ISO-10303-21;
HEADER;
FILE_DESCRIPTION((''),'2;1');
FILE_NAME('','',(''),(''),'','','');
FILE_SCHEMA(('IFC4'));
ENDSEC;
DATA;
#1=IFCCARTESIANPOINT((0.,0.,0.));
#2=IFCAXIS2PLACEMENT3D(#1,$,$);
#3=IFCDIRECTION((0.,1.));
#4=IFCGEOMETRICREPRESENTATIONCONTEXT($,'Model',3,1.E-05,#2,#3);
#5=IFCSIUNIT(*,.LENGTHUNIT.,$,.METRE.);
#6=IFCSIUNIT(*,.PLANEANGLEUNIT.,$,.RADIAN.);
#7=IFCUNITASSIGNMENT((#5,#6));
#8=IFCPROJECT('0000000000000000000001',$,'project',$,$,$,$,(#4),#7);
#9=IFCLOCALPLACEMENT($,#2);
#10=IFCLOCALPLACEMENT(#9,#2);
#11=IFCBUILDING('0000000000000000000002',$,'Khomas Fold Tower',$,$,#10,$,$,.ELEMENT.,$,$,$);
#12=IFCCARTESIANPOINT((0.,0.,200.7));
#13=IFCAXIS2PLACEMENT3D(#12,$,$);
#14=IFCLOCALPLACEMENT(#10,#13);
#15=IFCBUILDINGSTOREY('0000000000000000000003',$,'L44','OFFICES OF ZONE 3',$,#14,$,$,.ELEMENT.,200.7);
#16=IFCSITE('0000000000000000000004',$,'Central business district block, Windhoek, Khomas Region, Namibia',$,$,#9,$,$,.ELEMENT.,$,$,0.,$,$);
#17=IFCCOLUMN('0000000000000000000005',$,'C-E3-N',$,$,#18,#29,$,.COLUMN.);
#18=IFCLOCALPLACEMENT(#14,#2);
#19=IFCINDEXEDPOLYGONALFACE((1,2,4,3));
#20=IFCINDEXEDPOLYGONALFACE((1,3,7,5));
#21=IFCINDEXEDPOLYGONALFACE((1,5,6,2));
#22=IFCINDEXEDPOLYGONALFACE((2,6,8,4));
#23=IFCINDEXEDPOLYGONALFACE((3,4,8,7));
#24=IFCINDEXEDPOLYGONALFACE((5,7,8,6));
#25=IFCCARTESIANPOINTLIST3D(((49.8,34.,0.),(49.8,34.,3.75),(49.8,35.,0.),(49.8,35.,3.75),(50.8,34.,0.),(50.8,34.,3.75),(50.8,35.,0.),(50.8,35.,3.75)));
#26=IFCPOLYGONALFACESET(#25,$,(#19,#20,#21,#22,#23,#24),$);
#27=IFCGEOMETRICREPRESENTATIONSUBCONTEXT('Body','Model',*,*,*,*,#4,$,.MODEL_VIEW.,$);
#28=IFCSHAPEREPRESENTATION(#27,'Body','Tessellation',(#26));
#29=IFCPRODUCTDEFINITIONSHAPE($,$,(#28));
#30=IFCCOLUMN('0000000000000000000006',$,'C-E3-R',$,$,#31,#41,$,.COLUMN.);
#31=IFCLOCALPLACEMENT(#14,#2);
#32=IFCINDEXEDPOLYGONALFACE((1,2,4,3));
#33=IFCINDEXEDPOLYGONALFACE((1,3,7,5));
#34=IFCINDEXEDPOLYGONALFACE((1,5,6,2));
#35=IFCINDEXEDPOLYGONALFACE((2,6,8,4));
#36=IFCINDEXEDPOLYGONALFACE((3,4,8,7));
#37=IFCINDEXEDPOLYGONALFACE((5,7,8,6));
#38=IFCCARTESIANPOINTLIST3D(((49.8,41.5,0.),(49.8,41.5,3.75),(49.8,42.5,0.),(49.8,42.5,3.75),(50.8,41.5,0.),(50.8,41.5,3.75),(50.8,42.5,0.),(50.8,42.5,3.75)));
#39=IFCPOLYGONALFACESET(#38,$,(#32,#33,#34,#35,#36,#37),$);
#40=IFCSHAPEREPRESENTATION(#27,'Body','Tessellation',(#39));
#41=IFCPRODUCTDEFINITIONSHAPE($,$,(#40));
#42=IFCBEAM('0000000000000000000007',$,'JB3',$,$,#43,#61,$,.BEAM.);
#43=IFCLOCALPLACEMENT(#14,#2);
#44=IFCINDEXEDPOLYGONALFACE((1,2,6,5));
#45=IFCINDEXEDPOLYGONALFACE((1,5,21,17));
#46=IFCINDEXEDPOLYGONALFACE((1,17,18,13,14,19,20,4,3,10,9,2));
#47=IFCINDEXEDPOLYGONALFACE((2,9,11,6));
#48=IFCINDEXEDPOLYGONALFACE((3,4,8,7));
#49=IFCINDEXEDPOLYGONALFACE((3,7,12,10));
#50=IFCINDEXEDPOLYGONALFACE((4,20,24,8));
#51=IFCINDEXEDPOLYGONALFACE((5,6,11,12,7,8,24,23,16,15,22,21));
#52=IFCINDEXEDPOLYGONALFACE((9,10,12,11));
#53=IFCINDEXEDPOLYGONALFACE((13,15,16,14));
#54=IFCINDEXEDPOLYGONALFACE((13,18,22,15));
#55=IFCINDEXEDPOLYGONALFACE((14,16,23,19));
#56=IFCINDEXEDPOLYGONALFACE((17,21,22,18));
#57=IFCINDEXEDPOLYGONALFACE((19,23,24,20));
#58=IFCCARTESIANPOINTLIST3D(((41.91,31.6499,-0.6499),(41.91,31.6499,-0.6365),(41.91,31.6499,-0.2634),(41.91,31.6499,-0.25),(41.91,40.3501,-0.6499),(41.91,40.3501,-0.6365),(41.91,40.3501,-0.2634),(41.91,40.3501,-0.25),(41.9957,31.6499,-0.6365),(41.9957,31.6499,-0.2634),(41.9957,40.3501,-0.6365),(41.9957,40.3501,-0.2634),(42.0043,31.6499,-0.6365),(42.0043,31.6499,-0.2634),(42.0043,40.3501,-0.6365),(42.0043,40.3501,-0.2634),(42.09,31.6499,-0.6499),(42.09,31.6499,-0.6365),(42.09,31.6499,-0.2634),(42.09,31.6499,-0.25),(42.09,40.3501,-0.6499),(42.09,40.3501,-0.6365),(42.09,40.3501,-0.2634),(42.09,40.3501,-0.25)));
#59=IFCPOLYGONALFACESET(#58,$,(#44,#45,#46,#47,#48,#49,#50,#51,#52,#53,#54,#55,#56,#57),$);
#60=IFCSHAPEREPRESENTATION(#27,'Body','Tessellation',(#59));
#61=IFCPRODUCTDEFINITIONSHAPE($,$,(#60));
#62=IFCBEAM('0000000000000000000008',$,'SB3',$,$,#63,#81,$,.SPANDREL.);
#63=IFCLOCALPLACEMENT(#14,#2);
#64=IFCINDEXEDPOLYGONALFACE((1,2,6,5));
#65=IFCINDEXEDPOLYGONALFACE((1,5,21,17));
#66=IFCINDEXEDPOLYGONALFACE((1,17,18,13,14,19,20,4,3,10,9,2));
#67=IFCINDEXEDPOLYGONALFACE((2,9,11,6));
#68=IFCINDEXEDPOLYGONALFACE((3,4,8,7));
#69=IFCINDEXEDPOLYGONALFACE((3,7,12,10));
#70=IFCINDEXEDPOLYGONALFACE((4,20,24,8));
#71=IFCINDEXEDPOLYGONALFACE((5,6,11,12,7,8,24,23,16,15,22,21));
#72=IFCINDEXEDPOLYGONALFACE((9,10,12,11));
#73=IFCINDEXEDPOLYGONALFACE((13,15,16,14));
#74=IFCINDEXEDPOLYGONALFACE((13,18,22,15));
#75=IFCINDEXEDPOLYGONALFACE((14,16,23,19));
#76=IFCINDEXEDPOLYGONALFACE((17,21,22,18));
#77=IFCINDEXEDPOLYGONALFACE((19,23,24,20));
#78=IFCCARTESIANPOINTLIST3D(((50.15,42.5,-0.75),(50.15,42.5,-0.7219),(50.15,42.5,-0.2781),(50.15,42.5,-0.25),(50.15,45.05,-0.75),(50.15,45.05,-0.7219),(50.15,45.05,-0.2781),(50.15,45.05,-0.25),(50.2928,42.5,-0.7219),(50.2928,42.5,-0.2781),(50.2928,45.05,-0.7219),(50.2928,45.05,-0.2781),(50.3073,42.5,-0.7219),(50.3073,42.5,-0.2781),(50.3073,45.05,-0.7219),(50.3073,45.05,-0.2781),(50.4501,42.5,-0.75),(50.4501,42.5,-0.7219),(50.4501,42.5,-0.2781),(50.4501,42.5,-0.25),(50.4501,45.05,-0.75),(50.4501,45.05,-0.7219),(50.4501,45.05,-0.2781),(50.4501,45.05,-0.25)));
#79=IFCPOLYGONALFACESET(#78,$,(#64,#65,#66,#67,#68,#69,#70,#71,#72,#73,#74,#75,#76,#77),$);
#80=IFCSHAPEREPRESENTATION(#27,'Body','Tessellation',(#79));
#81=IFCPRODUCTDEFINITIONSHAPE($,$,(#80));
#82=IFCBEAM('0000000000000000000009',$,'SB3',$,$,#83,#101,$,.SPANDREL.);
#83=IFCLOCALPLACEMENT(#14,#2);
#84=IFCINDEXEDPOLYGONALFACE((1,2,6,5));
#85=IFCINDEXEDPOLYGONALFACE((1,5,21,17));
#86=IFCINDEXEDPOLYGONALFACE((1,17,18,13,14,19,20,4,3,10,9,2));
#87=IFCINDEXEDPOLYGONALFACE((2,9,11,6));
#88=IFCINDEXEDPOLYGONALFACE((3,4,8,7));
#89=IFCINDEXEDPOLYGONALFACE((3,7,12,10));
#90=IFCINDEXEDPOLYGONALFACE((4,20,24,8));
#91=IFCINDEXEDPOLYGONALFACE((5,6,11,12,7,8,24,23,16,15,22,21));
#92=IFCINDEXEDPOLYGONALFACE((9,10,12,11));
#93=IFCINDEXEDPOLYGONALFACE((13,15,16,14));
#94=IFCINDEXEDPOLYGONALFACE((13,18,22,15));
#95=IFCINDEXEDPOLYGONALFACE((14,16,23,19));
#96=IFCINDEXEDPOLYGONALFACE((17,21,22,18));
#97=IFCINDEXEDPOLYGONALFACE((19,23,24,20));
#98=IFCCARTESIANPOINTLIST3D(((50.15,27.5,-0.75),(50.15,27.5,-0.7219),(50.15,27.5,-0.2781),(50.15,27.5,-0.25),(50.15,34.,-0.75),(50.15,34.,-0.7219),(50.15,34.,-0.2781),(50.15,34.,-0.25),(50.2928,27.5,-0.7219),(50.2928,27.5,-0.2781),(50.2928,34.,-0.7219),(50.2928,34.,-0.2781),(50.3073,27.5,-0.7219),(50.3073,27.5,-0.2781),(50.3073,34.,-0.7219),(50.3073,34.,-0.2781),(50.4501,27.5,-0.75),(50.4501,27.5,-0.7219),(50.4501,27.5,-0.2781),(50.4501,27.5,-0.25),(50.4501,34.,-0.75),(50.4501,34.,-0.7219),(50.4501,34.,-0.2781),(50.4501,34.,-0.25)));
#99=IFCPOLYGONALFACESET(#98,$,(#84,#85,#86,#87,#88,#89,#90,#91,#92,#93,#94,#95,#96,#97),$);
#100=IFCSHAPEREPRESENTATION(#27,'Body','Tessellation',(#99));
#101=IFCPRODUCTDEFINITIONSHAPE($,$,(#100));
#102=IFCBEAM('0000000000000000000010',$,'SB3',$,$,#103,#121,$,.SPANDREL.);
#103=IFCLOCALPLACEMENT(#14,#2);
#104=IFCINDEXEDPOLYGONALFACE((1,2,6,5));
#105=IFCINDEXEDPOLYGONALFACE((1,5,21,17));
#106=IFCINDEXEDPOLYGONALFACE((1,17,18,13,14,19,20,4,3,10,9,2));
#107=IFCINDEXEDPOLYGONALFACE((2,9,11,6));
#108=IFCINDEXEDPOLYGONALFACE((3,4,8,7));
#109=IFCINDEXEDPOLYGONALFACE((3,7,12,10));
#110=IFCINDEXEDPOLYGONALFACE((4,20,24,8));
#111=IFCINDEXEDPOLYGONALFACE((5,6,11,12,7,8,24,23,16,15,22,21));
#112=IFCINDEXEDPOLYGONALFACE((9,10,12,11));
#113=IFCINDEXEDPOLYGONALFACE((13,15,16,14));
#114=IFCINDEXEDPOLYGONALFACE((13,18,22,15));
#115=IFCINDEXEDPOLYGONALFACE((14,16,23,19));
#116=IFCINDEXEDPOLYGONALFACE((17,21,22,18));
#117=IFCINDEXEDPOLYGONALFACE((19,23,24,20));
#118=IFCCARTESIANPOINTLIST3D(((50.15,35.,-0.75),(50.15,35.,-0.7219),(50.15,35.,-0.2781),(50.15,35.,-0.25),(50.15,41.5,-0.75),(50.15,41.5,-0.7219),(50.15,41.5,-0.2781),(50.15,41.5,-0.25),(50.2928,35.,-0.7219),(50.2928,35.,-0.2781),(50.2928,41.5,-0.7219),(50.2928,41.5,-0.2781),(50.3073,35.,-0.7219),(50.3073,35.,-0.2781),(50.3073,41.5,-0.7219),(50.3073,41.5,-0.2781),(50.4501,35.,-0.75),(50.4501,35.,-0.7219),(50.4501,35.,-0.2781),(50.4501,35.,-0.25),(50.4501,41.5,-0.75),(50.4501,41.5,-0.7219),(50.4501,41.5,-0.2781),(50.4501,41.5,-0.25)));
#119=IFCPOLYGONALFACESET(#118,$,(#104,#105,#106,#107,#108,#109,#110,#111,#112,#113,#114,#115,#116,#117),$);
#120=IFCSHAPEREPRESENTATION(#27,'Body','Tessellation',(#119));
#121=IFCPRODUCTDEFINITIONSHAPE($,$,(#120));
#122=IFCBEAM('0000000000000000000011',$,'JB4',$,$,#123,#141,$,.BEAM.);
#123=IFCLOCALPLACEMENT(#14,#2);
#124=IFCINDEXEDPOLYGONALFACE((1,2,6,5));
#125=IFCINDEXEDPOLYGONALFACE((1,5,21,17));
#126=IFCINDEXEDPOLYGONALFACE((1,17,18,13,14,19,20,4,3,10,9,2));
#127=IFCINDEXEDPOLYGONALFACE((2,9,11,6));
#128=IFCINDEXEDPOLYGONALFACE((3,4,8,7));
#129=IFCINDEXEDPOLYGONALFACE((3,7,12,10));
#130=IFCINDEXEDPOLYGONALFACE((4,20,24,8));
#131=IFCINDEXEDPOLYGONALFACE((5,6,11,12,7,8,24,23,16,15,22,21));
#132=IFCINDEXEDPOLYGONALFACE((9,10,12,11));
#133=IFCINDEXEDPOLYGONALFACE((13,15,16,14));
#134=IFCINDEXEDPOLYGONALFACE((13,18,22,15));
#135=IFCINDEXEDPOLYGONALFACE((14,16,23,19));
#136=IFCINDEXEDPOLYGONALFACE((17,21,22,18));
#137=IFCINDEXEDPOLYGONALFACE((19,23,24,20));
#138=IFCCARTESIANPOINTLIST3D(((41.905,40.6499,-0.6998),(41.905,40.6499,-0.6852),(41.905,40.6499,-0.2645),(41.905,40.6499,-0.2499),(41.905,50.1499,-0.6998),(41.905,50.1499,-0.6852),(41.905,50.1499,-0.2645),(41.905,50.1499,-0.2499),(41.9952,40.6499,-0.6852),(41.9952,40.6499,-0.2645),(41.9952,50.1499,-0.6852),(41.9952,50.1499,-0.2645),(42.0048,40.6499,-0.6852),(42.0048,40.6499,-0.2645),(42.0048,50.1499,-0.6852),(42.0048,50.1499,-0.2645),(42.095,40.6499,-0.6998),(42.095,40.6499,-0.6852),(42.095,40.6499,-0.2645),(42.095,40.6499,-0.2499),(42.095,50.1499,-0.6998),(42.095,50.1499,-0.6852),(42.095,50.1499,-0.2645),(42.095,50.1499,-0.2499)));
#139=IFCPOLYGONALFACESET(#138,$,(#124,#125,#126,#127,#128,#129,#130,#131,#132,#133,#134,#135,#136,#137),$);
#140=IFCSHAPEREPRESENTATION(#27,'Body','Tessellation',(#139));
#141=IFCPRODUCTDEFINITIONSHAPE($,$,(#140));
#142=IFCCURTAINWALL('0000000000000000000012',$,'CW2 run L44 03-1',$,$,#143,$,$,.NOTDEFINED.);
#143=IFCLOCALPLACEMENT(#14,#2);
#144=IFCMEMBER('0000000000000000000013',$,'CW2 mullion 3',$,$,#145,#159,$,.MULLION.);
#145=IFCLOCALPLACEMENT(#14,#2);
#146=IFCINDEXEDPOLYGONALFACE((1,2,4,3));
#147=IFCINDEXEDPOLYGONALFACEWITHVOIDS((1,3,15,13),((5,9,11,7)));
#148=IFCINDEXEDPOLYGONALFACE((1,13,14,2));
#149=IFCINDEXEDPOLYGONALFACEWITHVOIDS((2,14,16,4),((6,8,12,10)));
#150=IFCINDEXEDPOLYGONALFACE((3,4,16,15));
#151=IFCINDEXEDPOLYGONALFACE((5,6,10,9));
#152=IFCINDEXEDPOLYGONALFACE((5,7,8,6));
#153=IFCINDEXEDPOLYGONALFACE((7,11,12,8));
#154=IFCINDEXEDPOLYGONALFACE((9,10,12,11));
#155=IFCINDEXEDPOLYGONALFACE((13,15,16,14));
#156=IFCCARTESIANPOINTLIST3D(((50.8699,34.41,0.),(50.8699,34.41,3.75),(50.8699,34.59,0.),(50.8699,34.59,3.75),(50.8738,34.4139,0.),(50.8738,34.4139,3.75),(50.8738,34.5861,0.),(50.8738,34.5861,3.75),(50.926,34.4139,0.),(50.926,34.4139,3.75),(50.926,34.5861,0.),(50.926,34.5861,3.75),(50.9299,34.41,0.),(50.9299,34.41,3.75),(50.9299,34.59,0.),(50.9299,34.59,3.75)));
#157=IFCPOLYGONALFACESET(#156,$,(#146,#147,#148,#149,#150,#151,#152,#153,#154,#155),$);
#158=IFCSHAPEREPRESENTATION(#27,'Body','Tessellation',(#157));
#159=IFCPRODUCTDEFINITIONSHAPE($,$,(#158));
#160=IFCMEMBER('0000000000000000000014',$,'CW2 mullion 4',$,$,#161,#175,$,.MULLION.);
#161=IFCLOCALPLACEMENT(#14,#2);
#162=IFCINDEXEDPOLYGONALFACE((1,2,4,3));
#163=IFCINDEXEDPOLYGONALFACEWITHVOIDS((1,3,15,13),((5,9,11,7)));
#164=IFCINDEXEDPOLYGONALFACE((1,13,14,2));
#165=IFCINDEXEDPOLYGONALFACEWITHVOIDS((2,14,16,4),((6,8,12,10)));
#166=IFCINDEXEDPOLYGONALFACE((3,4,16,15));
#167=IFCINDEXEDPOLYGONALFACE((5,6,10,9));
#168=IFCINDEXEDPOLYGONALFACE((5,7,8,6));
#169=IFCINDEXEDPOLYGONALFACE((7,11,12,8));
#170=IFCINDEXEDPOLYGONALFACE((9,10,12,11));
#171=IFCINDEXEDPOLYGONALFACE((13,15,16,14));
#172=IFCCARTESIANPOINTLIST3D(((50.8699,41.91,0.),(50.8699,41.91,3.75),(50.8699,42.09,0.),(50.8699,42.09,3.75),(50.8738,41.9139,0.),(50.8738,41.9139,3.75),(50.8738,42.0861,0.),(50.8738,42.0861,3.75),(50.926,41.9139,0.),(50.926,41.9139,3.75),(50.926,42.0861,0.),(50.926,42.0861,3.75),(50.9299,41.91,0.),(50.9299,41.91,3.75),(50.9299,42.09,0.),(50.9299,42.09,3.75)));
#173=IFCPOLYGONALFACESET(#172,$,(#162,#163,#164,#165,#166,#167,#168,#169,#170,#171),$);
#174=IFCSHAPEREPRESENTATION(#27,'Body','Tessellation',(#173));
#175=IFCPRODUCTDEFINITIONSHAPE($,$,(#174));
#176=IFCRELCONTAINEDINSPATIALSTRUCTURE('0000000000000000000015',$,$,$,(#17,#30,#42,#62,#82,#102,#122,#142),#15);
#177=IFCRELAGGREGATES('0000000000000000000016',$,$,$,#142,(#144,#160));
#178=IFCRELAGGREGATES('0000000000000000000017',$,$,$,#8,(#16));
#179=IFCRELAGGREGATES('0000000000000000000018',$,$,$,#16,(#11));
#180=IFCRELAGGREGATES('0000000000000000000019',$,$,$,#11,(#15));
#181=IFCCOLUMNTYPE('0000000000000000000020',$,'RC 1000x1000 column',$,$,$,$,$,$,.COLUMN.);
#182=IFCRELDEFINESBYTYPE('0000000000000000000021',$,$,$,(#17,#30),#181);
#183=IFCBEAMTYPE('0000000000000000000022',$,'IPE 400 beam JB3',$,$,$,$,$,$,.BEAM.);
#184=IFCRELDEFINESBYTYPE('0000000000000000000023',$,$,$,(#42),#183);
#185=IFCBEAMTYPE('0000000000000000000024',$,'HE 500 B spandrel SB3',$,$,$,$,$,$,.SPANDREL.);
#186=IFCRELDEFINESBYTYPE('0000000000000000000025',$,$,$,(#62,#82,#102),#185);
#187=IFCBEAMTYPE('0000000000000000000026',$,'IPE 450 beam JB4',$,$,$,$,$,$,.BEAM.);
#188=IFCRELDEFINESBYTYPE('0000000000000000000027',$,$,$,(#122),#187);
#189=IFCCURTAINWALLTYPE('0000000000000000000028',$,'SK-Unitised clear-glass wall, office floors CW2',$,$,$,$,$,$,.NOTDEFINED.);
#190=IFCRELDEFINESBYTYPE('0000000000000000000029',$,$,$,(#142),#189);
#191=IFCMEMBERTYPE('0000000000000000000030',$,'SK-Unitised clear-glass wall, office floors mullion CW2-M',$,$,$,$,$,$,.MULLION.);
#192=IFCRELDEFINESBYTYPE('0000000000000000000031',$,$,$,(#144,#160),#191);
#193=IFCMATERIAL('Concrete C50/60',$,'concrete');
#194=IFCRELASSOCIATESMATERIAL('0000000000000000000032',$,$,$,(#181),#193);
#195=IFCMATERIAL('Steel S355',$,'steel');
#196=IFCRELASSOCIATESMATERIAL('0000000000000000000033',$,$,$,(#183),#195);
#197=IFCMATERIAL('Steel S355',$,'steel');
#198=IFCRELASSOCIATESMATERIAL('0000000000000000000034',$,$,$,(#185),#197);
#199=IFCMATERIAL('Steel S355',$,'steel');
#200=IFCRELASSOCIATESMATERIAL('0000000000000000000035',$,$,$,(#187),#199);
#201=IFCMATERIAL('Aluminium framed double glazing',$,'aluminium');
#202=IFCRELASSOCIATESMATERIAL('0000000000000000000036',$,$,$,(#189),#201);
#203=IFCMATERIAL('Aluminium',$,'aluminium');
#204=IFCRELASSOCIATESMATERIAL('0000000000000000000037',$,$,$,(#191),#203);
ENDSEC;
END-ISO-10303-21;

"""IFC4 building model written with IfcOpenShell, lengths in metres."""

from ifc_helpers import new_model, si_unit, direction, frame, origin, origin_2d, place, context, subcontext, project, spatial, rectangle, hollow_rectangle, i_section, extrude, source, transform, mapped, material, material_profile, profile_set, type_object, element, aggregate, save


model = new_model("IFC4")

# Units and contexts
model_context = context("Model", 3, precision=1e-05, world=origin(), true_north=direction((0.0, 1.0)))
body_context = subcontext(model_context, "Body", "Model", "MODEL_VIEW")
ifc_project = project(units=[si_unit("LENGTHUNIT", "METRE"), si_unit("PLANEANGLEUNIT", "RADIAN")], contexts=[model_context])

# Site, building, storey
site_placement = place(None, origin())
site = spatial("IfcSite", under=ifc_project, at=site_placement, Name="Central business district block, Windhoek, Khomas Region, Namibia", CompositionType="ELEMENT", RefElevation=0.0)
building_placement = place(site_placement, origin())
building = spatial("IfcBuilding", under=site, at=building_placement, Name="Khomas Fold Tower", CompositionType="ELEMENT")
storey_placement = place(building_placement, frame((0.0, 0.0, 200.7)))
storey = spatial("IfcBuildingStorey", under=building, at=storey_placement, Name="L44", Description="OFFICES OF ZONE 3", CompositionType="ELEMENT", Elevation=200.7)

# Columns
ifc_material_1 = material(Name="Concrete C50/60", Category="concrete")
ifc_material_profile_1 = material_profile(ifc_material_1, rectangle(XDim=1.0, YDim=1.0, at=origin_2d()), Name="RC 1000x1000")
ifc_profile_set_1 = profile_set([ifc_material_profile_1], Name="Concrete C50/60")
column_type = type_object("IfcColumnType", Name="RC 1000x1000 column", PredefinedType="COLUMN", material=ifc_profile_set_1)
shared_shape_1 = source(origin(), body_context, "Body", "SweptSolid", [
    extrude(rectangle(XDim=1.0, YDim=1.0, at=origin_2d()), origin(), (0.0, 0.0, 1.0), 3.75),
])
for number, where, z_axis, x_axis, name in (
    (1, (50.3, 34.5, 0.0), (0.0, 0.0, 1.0), (1.0, 0.0, 0.0), "C-E3-N"),
    (2, (50.3, 42.0, 0.0), (0.0, 0.0, 1.0), (1.0, 0.0, 0.0), "C-E3-R"),
):
    element("IfcColumn", number, at=place(storey_placement, frame(where, z_axis=z_axis, x_axis=x_axis)), inside=storey, type_object=column_type, Name=name, PredefinedType="COLUMN", context=body_context, shape_type="MappedRepresentation", body=[
        mapped(shared_shape_1, transform((0.0, 0.0, 0.0))),
    ])

# Beams
ifc_material_2 = material(Name="Steel S355", Category="steel")
ifc_material_profile_2 = material_profile(ifc_material_2, i_section(OverallWidth=0.1799, OverallDepth=0.3999, WebThickness=0.0085, FlangeThickness=0.0134, at=origin_2d()), Name="IPE 400")
ifc_profile_set_2 = profile_set([ifc_material_profile_2], Name="Steel S355")
beam_type_1 = type_object("IfcBeamType", Name="IPE 400 beam JB3", PredefinedType="BEAM", material=ifc_profile_set_2)
shared_shape_2 = source(origin(), body_context, "Body", "SweptSolid", [
    extrude(i_section(OverallWidth=0.1799, OverallDepth=0.3999, WebThickness=0.0085, FlangeThickness=0.0134, at=origin_2d()), origin(), (0.0, 0.0, 1.0), 8.7002),
])
beam_1_placement = place(storey_placement, frame((42.0, 31.6499, -0.45), z_axis=(0.0, 1.0, 0.0), x_axis=(-1.0, 0.0, 0.0)))
element("IfcBeam", 3, at=beam_1_placement, inside=storey, type_object=beam_type_1, Name="JB3", PredefinedType="BEAM", context=body_context, shape_type="MappedRepresentation", body=[
    mapped(shared_shape_2, transform((0.0, 0.0, 0.0))),
])
ifc_material_3 = material(Name="Steel S355", Category="steel")
ifc_material_profile_3 = material_profile(ifc_material_3, i_section(OverallWidth=0.3, OverallDepth=0.5, WebThickness=0.0144, FlangeThickness=0.0281, at=origin_2d()), Name="HE 500 B")
ifc_profile_set_3 = profile_set([ifc_material_profile_3], Name="Steel S355")
beam_type_2 = type_object("IfcBeamType", Name="HE 500 B spandrel SB3", PredefinedType="SPANDREL", material=ifc_profile_set_3)
shared_shape_3 = source(origin(), body_context, "Body", "SweptSolid", [
    extrude(i_section(OverallWidth=0.3, OverallDepth=0.5, WebThickness=0.0144, FlangeThickness=0.0281, at=origin_2d()), origin(), (0.0, 0.0, 1.0), 2.55),
])
beam_2_placement = place(storey_placement, frame((50.3, 42.5, -0.5), z_axis=(0.0, 1.0, 0.0), x_axis=(-1.0, 0.0, 0.0)))
element("IfcBeam", 4, at=beam_2_placement, inside=storey, type_object=beam_type_2, Name="SB3", PredefinedType="SPANDREL", context=body_context, shape_type="MappedRepresentation", body=[
    mapped(shared_shape_3, transform((0.0, 0.0, 0.0))),
])
shared_shape_4 = source(origin(), body_context, "Body", "SweptSolid", [
    extrude(i_section(OverallWidth=0.3, OverallDepth=0.5, WebThickness=0.0144, FlangeThickness=0.0281, at=origin_2d()), origin(), (0.0, 0.0, 1.0), 6.5),
])
for number, where, z_axis, x_axis, name in (
    (5, (50.3, 27.5, -0.5), (0.0, 1.0, 0.0), (-1.0, 0.0, 0.0), "SB3"),
    (6, (50.3, 35.0, -0.5), (0.0, 1.0, 0.0), (-1.0, 0.0, 0.0), "SB3"),
):
    element("IfcBeam", number, at=place(storey_placement, frame(where, z_axis=z_axis, x_axis=x_axis)), inside=storey, type_object=beam_type_2, Name=name, PredefinedType="SPANDREL", context=body_context, shape_type="MappedRepresentation", body=[
        mapped(shared_shape_4, transform((0.0, 0.0, 0.0))),
    ])
ifc_material_4 = material(Name="Steel S355", Category="steel")
ifc_material_profile_4 = material_profile(ifc_material_4, i_section(OverallWidth=0.1899, OverallDepth=0.45, WebThickness=0.0095, FlangeThickness=0.0146, at=origin_2d()), Name="IPE 450")
ifc_profile_set_4 = profile_set([ifc_material_profile_4], Name="Steel S355")
beam_type_3 = type_object("IfcBeamType", Name="IPE 450 beam JB4", PredefinedType="BEAM", material=ifc_profile_set_4)
shared_shape_5 = source(origin(), body_context, "Body", "SweptSolid", [
    extrude(i_section(OverallWidth=0.1899, OverallDepth=0.45, WebThickness=0.0095, FlangeThickness=0.0146, at=origin_2d()), origin(), (0.0, 0.0, 1.0), 9.5),
])
beam_3_placement = place(storey_placement, frame((42.0, 40.6499, -0.4749), z_axis=(0.0, 1.0, 0.0), x_axis=(-1.0, 0.0, 0.0)))
element("IfcBeam", 7, at=beam_3_placement, inside=storey, type_object=beam_type_3, Name="JB4", PredefinedType="BEAM", context=body_context, shape_type="MappedRepresentation", body=[
    mapped(shared_shape_5, transform((0.0, 0.0, 0.0))),
])

# Curtain wall, members
ifc_material_5 = material(Name="Aluminium framed double glazing", Category="aluminium")
curtain_wall_type = type_object("IfcCurtainWallType", Name="SK-Unitised clear-glass wall, office floors CW2", PredefinedType="NOTDEFINED", material=ifc_material_5)
curtain_wall_placement = place(storey_placement, origin())
curtain_wall = element("IfcCurtainWall", 8, at=curtain_wall_placement, inside=storey, type_object=curtain_wall_type, Name="CW2 run L44 03-1", PredefinedType="NOTDEFINED")
ifc_material_6 = material(Name="Aluminium", Category="aluminium")
ifc_material_profile_5 = material_profile(ifc_material_6, hollow_rectangle(XDim=0.0601, YDim=0.1799, WallThickness=0.0039, at=origin_2d()), Name="SK-Unitised clear-glass wall, office floors mullion CW2-M")
ifc_profile_set_5 = profile_set([ifc_material_profile_5], Name="Aluminium")
member_type_1 = type_object("IfcMemberType", Name="SK-Unitised clear-glass wall, office floors mullion CW2-M", PredefinedType="MULLION", material=ifc_profile_set_5)
shared_shape_6 = source(origin(), body_context, "Body", "SweptSolid", [
    extrude(hollow_rectangle(XDim=0.0601, YDim=0.1799, WallThickness=0.0039, at=origin_2d()), origin(), (0.0, 0.0, 1.0), 3.75),
])
member_1_placement = place(storey_placement, frame((50.8999, 34.5, 0.0), z_axis=(0.0, 0.0, 1.0), x_axis=(-1.0, 0.0, 0.0)))
member_1 = element("IfcMember", 9, at=member_1_placement, type_object=member_type_1, Name="CW2 mullion 3", PredefinedType="MULLION", context=body_context, shape_type="MappedRepresentation", body=[
    mapped(shared_shape_6, transform((0.0, 0.0, 0.0))),
])
member_2_placement = place(storey_placement, frame((50.8999, 42.0, 0.0), z_axis=(0.0, 0.0, 1.0), x_axis=(-1.0, 0.0, 0.0)))
member_2 = element("IfcMember", 10, at=member_2_placement, type_object=member_type_1, Name="CW2 mullion 4", PredefinedType="MULLION", context=body_context, shape_type="MappedRepresentation", body=[
    mapped(shared_shape_6, transform((0.0, 0.0, 0.0))),
])

aggregate(curtain_wall, [member_1, member_2])

save(model, "model.ifc")
